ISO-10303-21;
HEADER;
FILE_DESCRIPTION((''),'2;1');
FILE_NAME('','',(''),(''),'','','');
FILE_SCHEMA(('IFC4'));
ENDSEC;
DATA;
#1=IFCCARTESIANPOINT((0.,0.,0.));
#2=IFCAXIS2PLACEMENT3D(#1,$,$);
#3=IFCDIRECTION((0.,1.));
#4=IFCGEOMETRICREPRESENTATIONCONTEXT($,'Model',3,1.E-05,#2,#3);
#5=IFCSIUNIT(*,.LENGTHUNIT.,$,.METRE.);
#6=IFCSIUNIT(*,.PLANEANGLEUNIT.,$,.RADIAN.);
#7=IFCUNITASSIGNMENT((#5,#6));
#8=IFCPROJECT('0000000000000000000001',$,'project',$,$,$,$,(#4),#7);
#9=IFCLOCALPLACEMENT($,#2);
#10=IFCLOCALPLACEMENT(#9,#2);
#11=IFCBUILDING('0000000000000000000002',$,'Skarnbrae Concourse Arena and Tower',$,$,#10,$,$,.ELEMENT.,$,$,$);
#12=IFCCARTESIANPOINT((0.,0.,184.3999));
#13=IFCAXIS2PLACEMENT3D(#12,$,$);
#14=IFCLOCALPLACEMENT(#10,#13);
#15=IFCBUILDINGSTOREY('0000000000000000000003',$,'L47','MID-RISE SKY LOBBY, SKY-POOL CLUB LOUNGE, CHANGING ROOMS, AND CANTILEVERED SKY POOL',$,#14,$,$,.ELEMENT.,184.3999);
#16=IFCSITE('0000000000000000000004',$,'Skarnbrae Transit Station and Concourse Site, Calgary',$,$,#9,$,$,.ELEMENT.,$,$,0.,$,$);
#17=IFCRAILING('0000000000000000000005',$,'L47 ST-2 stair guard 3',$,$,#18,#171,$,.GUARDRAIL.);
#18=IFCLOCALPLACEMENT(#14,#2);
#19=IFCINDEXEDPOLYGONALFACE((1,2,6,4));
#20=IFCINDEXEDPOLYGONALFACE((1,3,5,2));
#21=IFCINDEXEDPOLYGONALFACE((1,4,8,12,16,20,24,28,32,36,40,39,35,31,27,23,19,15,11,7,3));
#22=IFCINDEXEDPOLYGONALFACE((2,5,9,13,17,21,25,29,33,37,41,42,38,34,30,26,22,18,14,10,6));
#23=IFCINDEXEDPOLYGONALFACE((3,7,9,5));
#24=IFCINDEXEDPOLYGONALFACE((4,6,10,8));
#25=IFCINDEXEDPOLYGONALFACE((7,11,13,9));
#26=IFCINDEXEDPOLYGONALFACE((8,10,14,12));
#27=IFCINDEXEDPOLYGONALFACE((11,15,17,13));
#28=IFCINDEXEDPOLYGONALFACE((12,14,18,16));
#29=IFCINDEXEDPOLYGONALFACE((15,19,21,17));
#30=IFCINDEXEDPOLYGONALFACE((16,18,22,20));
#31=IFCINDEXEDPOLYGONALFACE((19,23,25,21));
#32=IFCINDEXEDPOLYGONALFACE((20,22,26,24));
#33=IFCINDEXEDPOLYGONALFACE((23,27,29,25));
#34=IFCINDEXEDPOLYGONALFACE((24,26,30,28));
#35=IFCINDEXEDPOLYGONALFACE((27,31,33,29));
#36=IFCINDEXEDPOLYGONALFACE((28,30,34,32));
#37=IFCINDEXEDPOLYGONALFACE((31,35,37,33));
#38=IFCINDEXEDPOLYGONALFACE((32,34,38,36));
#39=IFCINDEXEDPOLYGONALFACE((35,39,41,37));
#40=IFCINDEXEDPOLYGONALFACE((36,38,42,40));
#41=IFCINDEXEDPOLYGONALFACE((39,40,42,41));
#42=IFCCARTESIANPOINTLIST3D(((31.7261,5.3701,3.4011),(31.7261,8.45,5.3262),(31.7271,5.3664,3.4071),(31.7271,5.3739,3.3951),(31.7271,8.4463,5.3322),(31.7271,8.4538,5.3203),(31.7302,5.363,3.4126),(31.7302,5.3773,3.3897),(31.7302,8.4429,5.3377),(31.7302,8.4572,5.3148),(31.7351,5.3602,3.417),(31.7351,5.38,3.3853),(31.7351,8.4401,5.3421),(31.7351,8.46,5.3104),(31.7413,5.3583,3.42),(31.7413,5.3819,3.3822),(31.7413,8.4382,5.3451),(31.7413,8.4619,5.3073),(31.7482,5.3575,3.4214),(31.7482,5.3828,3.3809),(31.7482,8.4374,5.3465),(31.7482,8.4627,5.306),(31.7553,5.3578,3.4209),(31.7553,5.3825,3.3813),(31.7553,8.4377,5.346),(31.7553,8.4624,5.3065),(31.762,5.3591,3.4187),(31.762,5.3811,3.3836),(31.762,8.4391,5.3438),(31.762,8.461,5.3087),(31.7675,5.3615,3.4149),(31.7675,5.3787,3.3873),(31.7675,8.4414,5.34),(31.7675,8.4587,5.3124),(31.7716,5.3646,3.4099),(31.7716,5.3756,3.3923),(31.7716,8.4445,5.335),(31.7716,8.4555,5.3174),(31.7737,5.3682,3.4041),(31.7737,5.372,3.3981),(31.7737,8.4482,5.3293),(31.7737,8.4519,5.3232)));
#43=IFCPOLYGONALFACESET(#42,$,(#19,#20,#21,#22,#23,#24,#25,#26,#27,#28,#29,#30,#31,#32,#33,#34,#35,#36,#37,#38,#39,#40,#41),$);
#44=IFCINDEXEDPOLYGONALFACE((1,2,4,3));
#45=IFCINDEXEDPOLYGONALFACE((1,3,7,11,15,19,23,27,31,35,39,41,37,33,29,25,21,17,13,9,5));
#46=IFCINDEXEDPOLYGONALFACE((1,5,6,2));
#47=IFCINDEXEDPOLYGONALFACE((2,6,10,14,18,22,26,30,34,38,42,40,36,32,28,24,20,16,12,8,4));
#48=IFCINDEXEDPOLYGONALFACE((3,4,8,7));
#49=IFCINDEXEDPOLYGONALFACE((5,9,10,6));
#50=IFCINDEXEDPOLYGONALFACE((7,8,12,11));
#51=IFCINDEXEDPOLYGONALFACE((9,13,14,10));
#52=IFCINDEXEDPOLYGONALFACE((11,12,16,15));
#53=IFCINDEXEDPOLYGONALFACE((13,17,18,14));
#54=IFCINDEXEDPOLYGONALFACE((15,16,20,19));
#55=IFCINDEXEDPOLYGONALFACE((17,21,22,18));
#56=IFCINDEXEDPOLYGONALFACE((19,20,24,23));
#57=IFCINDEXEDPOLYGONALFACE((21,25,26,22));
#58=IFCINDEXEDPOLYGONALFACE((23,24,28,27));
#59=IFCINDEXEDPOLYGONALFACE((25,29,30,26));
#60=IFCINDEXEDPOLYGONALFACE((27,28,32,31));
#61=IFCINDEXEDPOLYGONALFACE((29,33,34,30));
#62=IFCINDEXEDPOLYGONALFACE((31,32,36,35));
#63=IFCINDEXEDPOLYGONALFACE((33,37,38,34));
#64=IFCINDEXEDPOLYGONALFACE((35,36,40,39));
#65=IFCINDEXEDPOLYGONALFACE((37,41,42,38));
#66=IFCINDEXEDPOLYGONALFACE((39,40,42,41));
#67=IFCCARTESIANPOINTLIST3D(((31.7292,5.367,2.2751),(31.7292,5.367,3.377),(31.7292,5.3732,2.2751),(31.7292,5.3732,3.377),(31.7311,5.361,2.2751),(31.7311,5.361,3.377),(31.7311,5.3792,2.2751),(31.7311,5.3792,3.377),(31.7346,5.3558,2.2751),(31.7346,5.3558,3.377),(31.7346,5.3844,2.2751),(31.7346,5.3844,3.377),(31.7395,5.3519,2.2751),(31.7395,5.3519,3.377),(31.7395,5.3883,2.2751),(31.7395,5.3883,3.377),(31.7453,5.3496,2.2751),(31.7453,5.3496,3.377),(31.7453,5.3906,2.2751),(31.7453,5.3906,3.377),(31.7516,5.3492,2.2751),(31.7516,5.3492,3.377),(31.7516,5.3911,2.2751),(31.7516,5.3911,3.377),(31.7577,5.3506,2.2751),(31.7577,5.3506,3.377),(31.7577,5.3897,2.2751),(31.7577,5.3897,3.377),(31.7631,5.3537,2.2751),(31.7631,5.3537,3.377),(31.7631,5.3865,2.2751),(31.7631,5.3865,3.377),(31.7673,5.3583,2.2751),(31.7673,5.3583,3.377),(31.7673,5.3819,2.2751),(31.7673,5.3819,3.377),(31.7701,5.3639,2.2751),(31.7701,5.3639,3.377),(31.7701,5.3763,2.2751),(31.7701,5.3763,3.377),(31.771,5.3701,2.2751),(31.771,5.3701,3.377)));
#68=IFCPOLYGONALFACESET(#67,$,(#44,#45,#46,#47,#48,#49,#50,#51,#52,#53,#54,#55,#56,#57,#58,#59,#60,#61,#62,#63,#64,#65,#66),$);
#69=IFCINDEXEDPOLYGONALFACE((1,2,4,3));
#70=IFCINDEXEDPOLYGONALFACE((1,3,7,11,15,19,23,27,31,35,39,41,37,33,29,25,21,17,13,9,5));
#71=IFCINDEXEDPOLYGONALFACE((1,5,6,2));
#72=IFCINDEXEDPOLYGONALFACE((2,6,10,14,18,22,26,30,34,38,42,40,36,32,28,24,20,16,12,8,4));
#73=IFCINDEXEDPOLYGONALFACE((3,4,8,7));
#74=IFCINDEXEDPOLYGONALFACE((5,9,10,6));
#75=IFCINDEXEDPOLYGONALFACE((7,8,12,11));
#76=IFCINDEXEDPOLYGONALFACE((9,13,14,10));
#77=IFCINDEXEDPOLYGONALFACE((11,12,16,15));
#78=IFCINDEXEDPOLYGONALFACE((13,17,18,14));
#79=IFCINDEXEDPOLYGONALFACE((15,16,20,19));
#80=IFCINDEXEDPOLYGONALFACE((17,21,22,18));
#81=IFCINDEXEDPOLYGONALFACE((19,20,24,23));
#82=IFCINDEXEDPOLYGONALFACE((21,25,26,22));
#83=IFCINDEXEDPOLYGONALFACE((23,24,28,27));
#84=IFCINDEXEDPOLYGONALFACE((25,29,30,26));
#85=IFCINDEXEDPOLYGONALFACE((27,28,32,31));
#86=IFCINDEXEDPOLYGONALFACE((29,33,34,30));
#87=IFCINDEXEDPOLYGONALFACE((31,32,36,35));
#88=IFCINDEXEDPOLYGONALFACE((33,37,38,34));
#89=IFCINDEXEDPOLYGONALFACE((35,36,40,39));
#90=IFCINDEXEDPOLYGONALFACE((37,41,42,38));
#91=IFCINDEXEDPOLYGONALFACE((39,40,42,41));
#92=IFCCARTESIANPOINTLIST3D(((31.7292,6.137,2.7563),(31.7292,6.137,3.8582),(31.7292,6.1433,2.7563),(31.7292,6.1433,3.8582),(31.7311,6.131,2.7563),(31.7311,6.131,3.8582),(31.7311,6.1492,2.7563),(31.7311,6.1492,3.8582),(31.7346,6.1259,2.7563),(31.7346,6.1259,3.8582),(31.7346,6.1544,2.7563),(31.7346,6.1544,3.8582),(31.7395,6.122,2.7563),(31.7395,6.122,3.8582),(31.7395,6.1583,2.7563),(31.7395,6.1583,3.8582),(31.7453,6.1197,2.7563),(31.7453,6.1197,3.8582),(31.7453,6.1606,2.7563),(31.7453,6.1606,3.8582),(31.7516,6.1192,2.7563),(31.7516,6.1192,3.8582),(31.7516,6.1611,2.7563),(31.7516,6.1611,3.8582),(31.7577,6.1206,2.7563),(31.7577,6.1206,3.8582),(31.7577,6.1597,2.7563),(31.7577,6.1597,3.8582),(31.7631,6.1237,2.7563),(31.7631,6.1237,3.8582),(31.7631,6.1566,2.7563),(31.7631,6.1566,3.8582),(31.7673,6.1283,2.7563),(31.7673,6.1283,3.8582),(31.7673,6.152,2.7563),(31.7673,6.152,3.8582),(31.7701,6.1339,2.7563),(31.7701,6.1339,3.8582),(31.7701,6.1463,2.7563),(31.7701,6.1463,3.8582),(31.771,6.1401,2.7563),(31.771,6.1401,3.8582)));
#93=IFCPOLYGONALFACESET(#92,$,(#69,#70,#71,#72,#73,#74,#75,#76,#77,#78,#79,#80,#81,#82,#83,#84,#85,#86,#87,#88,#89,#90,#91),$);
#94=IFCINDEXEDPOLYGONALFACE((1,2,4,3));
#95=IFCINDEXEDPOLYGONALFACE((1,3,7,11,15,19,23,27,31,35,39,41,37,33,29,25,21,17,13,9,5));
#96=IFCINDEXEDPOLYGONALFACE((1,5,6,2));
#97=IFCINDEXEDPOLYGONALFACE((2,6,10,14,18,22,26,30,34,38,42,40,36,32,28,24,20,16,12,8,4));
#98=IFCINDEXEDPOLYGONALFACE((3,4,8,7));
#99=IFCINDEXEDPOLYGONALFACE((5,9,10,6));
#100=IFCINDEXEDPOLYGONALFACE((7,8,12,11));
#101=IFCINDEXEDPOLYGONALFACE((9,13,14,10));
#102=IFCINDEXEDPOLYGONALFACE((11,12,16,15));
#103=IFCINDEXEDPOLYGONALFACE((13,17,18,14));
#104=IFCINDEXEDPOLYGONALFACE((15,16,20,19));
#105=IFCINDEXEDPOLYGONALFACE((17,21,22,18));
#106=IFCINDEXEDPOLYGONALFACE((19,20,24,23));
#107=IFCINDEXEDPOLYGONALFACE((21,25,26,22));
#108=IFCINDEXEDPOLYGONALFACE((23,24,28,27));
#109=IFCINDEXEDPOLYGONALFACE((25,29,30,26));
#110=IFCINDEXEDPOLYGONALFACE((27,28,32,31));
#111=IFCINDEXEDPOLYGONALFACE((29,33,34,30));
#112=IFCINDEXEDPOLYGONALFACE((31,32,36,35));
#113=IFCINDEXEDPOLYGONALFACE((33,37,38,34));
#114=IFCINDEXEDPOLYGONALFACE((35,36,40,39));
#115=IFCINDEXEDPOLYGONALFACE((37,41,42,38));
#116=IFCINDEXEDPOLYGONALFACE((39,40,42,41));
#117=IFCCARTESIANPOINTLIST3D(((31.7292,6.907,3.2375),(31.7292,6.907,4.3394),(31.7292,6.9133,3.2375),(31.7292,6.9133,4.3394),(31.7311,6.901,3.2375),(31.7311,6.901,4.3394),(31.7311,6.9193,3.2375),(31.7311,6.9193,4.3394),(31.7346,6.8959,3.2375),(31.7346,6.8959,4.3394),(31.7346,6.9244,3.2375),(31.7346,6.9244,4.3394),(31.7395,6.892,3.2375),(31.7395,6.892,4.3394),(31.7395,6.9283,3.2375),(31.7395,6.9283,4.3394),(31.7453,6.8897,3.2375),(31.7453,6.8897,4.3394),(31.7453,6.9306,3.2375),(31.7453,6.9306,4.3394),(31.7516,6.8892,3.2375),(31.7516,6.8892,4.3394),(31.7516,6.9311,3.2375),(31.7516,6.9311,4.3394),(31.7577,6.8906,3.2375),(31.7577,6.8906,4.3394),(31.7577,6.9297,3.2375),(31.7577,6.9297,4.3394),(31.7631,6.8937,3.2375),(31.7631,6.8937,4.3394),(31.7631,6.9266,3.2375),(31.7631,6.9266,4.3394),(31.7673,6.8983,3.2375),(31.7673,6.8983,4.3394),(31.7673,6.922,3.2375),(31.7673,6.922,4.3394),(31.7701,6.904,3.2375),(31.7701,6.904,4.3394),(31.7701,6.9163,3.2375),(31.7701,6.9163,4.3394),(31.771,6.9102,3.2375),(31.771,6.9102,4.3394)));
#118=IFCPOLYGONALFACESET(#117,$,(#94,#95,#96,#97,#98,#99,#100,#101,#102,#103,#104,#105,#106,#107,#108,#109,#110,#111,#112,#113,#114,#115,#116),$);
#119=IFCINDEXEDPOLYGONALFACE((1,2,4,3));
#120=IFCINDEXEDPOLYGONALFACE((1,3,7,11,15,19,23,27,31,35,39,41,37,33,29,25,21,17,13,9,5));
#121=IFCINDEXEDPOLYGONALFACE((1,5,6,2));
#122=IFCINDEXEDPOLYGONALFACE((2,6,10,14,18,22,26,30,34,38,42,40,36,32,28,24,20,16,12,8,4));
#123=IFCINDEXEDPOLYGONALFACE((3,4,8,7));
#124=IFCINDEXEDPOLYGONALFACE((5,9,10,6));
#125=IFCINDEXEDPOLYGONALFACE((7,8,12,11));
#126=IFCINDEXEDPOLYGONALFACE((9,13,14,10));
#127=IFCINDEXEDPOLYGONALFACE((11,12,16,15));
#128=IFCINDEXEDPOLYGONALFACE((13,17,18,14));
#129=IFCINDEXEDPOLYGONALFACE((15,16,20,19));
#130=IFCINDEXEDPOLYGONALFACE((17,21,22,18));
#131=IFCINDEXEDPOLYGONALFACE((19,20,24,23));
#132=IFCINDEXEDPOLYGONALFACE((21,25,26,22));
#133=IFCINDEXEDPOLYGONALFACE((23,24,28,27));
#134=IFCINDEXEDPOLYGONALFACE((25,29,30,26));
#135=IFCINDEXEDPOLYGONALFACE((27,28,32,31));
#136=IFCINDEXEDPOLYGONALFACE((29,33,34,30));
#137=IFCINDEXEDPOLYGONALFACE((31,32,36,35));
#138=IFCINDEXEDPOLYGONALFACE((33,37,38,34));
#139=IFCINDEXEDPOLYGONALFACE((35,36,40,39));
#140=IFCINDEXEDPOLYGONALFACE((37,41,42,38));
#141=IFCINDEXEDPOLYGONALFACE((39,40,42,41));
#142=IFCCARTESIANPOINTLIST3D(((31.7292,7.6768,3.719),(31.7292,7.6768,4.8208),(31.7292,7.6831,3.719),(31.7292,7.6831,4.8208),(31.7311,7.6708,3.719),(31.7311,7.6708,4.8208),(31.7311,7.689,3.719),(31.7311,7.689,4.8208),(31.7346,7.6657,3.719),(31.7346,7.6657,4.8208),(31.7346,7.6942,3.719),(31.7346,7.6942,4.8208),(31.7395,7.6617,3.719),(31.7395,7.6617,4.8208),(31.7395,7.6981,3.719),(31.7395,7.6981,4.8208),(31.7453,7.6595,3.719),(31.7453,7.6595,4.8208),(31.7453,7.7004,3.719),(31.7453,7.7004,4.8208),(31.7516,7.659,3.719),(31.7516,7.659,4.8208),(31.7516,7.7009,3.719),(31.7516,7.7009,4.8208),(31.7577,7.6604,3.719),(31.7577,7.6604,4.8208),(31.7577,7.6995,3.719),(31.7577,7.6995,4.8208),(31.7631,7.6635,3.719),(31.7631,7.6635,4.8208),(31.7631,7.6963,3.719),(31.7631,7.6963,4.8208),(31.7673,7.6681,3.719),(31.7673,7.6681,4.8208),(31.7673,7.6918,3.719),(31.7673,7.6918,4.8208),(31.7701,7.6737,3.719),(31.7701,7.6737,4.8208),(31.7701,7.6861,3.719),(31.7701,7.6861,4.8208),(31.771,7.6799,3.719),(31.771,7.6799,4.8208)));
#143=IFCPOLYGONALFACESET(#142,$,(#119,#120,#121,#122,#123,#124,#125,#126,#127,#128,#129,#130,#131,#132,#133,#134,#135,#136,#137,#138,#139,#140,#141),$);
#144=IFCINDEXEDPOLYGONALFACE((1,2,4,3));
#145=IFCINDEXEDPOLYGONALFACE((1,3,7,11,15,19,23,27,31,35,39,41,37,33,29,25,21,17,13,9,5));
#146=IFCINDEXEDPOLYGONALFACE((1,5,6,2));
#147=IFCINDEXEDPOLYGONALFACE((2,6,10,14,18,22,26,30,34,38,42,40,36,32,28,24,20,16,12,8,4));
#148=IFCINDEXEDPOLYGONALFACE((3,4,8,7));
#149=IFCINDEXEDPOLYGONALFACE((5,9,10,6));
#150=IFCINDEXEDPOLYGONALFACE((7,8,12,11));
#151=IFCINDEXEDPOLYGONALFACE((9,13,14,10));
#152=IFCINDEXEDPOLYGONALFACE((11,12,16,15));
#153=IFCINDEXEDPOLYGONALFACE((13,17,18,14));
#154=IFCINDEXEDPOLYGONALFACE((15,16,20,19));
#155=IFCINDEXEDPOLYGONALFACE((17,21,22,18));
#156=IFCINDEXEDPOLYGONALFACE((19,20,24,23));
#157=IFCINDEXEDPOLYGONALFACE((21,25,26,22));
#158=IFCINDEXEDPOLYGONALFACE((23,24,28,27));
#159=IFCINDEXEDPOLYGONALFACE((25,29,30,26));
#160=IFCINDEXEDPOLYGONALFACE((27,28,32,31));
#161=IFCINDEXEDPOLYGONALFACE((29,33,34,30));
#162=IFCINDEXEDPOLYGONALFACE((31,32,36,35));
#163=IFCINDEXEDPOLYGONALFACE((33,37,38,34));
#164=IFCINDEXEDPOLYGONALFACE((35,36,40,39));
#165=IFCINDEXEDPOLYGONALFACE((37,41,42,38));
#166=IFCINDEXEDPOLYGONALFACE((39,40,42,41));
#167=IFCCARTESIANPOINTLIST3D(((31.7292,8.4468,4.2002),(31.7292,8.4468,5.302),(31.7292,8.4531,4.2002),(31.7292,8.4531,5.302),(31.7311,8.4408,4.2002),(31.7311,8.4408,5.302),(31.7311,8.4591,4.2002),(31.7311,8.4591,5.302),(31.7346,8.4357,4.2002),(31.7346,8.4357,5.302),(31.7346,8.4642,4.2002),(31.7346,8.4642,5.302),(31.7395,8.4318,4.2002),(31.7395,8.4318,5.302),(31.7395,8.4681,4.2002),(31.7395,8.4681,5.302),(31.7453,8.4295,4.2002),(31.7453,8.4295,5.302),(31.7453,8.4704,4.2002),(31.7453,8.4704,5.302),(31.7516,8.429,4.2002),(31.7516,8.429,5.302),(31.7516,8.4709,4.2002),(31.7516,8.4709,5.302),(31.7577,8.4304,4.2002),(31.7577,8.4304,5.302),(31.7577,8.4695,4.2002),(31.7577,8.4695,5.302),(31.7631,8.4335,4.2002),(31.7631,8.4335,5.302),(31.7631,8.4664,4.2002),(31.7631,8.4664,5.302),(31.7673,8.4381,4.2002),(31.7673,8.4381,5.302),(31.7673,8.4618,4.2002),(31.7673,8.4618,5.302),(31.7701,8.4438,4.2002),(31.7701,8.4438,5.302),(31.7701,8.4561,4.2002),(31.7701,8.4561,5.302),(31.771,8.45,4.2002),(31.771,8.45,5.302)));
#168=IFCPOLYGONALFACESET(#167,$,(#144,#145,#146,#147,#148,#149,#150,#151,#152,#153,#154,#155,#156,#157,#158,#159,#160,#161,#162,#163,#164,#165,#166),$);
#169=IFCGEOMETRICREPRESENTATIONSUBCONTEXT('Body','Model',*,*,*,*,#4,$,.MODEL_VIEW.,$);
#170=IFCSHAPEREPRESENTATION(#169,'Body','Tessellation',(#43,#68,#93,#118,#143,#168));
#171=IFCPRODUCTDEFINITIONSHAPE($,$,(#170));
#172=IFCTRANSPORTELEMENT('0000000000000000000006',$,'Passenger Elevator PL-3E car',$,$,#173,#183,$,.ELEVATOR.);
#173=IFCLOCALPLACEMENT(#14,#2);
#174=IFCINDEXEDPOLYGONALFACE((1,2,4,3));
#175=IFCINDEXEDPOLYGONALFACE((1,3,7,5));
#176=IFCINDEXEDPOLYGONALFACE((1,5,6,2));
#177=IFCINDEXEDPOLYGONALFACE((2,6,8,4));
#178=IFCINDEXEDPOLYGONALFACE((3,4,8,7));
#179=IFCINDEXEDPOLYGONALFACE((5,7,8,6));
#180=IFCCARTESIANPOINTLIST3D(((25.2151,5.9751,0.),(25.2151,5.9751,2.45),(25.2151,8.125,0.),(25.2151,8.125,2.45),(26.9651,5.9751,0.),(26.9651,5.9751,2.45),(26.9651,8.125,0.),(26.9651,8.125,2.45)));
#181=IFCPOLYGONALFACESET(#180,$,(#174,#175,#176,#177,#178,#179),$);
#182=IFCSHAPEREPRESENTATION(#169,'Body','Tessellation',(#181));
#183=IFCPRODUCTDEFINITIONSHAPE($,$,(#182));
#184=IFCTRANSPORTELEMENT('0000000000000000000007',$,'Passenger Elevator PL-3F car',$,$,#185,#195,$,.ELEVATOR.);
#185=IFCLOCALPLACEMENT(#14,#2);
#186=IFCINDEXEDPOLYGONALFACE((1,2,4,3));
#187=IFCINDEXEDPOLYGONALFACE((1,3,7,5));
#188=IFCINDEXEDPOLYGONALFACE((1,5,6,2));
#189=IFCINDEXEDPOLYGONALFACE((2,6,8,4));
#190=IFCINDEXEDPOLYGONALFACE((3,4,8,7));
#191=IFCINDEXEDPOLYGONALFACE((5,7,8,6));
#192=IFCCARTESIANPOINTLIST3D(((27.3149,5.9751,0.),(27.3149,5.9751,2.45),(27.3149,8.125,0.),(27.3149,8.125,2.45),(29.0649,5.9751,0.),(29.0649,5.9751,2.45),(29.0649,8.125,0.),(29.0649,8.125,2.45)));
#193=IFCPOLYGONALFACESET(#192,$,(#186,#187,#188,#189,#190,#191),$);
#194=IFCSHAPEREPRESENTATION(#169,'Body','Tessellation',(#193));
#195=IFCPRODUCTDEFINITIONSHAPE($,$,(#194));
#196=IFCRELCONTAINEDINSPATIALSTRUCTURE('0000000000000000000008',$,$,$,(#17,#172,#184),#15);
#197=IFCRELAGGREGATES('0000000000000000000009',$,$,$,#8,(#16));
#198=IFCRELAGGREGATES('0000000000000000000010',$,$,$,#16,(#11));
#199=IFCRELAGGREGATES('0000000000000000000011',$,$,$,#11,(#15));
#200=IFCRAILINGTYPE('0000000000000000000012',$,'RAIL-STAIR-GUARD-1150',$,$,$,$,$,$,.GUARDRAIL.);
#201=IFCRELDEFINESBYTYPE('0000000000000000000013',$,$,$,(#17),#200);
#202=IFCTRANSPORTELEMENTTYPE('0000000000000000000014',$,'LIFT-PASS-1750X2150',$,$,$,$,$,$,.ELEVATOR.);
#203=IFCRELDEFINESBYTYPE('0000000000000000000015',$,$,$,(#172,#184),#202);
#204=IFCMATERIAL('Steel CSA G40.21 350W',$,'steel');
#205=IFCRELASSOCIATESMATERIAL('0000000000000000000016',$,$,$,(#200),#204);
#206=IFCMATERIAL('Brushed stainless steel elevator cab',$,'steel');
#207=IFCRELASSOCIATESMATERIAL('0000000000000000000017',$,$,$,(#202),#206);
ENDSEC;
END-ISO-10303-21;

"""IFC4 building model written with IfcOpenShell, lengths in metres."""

from ifc_helpers import new_model, si_unit, direction, frame, origin, origin_2d, place, context, subcontext, project, spatial, rectangle, circle, extrude, source, transform, mapped, material, type_object, element, save


model = new_model("IFC4")

# Units and contexts
model_context = context("Model", 3, precision=1e-05, world=origin(), true_north=direction((0.0, 1.0)))
body_context = subcontext(model_context, "Body", "Model", "MODEL_VIEW")
ifc_project = project(units=[si_unit("LENGTHUNIT", "METRE"), si_unit("PLANEANGLEUNIT", "RADIAN")], contexts=[model_context])

# Site, building, storey
site_placement = place(None, origin())
site = spatial("IfcSite", under=ifc_project, at=site_placement, Name="Skarnbrae Transit Station and Concourse Site, Calgary", CompositionType="ELEMENT", RefElevation=0.0)
building_placement = place(site_placement, origin())
building = spatial("IfcBuilding", under=site, at=building_placement, Name="Skarnbrae Concourse Arena and Tower", CompositionType="ELEMENT")
storey_placement = place(building_placement, frame((0.0, 0.0, 184.3999)))
storey = spatial("IfcBuildingStorey", under=building, at=storey_placement, Name="L47", Description="MID-RISE SKY LOBBY, SKY-POOL CLUB LOUNGE, CHANGING ROOMS, AND CANTILEVERED SKY POOL", CompositionType="ELEMENT", Elevation=184.3999)

# Shared definitions
ifc_material_1 = material(Name="Steel CSA G40.21 350W", Category="steel")

# Railing
railing_type_1 = type_object("IfcRailingType", Name="RAIL-STAIR-GUARD-1150", PredefinedType="GUARDRAIL", material=ifc_material_1)
railing_1_placement = place(storey_placement, frame((31.75, 5.3701, 2.2751)))
element("IfcRailing", 1, at=railing_1_placement, inside=storey, type_object=railing_type_1, Name="L47 ST-2 stair guard 3", PredefinedType="GUARDRAIL", context=body_context, shape_type="SweptSolid", body=[
    extrude(circle(Radius=0.0239, at=origin_2d()), frame((0.0, 0.0, 1.126), z_axis=(0.0, 0.847979, 0.530029), x_axis=(-1.0, 0.0, 0.0)), (0.0, 0.0, 1.0), 3.6321),
    extrude(circle(Radius=0.021, at=origin_2d()), origin(), (0.0, 0.0, 1.0), 1.1018),
    extrude(circle(Radius=0.021, at=origin_2d()), frame((0.0, 0.77, 0.4812)), (0.0, 0.0, 1.0), 1.1018),
    extrude(circle(Radius=0.021, at=origin_2d()), frame((0.0, 1.54, 0.9624)), (0.0, 0.0, 1.0), 1.1018),
    extrude(circle(Radius=0.021, at=origin_2d()), frame((0.0, 2.3098, 1.4438)), (0.0, 0.0, 1.0), 1.1018),
    extrude(circle(Radius=0.021, at=origin_2d()), frame((0.0, 3.0798, 1.925)), (0.0, 0.0, 1.0), 1.1018),
])

# Transport elements
ifc_material_2 = material(Name="Brushed stainless steel elevator cab", Category="steel")
transport_element_type = type_object("IfcTransportElementType", Name="LIFT-PASS-1750X2150", PredefinedType="ELEVATOR", material=ifc_material_2)
shared_shape_1 = source(origin(), body_context, "Body", "SweptSolid", [
    extrude(rectangle(XDim=1.75, YDim=2.1499, at=origin_2d()), origin(), (0.0, 0.0, 1.0), 2.45),
])
for number, where, z_axis, x_axis, name in (
    (2, (26.0901, 7.05, 0.0), (0.0, 0.0, 1.0), (1.0, 0.0, 0.0), "Passenger Elevator PL-3E car"),
    (3, (28.1899, 7.05, 0.0), (0.0, 0.0, 1.0), (1.0, 0.0, 0.0), "Passenger Elevator PL-3F car"),
):
    element("IfcTransportElement", number, at=place(storey_placement, frame(where, z_axis=z_axis, x_axis=x_axis)), inside=storey, type_object=transport_element_type, Name=name, PredefinedType="ELEVATOR", context=body_context, shape_type="MappedRepresentation", body=[
        mapped(shared_shape_1, transform((0.0, 0.0, 0.0))),
    ])

save(model, "model.ifc")
